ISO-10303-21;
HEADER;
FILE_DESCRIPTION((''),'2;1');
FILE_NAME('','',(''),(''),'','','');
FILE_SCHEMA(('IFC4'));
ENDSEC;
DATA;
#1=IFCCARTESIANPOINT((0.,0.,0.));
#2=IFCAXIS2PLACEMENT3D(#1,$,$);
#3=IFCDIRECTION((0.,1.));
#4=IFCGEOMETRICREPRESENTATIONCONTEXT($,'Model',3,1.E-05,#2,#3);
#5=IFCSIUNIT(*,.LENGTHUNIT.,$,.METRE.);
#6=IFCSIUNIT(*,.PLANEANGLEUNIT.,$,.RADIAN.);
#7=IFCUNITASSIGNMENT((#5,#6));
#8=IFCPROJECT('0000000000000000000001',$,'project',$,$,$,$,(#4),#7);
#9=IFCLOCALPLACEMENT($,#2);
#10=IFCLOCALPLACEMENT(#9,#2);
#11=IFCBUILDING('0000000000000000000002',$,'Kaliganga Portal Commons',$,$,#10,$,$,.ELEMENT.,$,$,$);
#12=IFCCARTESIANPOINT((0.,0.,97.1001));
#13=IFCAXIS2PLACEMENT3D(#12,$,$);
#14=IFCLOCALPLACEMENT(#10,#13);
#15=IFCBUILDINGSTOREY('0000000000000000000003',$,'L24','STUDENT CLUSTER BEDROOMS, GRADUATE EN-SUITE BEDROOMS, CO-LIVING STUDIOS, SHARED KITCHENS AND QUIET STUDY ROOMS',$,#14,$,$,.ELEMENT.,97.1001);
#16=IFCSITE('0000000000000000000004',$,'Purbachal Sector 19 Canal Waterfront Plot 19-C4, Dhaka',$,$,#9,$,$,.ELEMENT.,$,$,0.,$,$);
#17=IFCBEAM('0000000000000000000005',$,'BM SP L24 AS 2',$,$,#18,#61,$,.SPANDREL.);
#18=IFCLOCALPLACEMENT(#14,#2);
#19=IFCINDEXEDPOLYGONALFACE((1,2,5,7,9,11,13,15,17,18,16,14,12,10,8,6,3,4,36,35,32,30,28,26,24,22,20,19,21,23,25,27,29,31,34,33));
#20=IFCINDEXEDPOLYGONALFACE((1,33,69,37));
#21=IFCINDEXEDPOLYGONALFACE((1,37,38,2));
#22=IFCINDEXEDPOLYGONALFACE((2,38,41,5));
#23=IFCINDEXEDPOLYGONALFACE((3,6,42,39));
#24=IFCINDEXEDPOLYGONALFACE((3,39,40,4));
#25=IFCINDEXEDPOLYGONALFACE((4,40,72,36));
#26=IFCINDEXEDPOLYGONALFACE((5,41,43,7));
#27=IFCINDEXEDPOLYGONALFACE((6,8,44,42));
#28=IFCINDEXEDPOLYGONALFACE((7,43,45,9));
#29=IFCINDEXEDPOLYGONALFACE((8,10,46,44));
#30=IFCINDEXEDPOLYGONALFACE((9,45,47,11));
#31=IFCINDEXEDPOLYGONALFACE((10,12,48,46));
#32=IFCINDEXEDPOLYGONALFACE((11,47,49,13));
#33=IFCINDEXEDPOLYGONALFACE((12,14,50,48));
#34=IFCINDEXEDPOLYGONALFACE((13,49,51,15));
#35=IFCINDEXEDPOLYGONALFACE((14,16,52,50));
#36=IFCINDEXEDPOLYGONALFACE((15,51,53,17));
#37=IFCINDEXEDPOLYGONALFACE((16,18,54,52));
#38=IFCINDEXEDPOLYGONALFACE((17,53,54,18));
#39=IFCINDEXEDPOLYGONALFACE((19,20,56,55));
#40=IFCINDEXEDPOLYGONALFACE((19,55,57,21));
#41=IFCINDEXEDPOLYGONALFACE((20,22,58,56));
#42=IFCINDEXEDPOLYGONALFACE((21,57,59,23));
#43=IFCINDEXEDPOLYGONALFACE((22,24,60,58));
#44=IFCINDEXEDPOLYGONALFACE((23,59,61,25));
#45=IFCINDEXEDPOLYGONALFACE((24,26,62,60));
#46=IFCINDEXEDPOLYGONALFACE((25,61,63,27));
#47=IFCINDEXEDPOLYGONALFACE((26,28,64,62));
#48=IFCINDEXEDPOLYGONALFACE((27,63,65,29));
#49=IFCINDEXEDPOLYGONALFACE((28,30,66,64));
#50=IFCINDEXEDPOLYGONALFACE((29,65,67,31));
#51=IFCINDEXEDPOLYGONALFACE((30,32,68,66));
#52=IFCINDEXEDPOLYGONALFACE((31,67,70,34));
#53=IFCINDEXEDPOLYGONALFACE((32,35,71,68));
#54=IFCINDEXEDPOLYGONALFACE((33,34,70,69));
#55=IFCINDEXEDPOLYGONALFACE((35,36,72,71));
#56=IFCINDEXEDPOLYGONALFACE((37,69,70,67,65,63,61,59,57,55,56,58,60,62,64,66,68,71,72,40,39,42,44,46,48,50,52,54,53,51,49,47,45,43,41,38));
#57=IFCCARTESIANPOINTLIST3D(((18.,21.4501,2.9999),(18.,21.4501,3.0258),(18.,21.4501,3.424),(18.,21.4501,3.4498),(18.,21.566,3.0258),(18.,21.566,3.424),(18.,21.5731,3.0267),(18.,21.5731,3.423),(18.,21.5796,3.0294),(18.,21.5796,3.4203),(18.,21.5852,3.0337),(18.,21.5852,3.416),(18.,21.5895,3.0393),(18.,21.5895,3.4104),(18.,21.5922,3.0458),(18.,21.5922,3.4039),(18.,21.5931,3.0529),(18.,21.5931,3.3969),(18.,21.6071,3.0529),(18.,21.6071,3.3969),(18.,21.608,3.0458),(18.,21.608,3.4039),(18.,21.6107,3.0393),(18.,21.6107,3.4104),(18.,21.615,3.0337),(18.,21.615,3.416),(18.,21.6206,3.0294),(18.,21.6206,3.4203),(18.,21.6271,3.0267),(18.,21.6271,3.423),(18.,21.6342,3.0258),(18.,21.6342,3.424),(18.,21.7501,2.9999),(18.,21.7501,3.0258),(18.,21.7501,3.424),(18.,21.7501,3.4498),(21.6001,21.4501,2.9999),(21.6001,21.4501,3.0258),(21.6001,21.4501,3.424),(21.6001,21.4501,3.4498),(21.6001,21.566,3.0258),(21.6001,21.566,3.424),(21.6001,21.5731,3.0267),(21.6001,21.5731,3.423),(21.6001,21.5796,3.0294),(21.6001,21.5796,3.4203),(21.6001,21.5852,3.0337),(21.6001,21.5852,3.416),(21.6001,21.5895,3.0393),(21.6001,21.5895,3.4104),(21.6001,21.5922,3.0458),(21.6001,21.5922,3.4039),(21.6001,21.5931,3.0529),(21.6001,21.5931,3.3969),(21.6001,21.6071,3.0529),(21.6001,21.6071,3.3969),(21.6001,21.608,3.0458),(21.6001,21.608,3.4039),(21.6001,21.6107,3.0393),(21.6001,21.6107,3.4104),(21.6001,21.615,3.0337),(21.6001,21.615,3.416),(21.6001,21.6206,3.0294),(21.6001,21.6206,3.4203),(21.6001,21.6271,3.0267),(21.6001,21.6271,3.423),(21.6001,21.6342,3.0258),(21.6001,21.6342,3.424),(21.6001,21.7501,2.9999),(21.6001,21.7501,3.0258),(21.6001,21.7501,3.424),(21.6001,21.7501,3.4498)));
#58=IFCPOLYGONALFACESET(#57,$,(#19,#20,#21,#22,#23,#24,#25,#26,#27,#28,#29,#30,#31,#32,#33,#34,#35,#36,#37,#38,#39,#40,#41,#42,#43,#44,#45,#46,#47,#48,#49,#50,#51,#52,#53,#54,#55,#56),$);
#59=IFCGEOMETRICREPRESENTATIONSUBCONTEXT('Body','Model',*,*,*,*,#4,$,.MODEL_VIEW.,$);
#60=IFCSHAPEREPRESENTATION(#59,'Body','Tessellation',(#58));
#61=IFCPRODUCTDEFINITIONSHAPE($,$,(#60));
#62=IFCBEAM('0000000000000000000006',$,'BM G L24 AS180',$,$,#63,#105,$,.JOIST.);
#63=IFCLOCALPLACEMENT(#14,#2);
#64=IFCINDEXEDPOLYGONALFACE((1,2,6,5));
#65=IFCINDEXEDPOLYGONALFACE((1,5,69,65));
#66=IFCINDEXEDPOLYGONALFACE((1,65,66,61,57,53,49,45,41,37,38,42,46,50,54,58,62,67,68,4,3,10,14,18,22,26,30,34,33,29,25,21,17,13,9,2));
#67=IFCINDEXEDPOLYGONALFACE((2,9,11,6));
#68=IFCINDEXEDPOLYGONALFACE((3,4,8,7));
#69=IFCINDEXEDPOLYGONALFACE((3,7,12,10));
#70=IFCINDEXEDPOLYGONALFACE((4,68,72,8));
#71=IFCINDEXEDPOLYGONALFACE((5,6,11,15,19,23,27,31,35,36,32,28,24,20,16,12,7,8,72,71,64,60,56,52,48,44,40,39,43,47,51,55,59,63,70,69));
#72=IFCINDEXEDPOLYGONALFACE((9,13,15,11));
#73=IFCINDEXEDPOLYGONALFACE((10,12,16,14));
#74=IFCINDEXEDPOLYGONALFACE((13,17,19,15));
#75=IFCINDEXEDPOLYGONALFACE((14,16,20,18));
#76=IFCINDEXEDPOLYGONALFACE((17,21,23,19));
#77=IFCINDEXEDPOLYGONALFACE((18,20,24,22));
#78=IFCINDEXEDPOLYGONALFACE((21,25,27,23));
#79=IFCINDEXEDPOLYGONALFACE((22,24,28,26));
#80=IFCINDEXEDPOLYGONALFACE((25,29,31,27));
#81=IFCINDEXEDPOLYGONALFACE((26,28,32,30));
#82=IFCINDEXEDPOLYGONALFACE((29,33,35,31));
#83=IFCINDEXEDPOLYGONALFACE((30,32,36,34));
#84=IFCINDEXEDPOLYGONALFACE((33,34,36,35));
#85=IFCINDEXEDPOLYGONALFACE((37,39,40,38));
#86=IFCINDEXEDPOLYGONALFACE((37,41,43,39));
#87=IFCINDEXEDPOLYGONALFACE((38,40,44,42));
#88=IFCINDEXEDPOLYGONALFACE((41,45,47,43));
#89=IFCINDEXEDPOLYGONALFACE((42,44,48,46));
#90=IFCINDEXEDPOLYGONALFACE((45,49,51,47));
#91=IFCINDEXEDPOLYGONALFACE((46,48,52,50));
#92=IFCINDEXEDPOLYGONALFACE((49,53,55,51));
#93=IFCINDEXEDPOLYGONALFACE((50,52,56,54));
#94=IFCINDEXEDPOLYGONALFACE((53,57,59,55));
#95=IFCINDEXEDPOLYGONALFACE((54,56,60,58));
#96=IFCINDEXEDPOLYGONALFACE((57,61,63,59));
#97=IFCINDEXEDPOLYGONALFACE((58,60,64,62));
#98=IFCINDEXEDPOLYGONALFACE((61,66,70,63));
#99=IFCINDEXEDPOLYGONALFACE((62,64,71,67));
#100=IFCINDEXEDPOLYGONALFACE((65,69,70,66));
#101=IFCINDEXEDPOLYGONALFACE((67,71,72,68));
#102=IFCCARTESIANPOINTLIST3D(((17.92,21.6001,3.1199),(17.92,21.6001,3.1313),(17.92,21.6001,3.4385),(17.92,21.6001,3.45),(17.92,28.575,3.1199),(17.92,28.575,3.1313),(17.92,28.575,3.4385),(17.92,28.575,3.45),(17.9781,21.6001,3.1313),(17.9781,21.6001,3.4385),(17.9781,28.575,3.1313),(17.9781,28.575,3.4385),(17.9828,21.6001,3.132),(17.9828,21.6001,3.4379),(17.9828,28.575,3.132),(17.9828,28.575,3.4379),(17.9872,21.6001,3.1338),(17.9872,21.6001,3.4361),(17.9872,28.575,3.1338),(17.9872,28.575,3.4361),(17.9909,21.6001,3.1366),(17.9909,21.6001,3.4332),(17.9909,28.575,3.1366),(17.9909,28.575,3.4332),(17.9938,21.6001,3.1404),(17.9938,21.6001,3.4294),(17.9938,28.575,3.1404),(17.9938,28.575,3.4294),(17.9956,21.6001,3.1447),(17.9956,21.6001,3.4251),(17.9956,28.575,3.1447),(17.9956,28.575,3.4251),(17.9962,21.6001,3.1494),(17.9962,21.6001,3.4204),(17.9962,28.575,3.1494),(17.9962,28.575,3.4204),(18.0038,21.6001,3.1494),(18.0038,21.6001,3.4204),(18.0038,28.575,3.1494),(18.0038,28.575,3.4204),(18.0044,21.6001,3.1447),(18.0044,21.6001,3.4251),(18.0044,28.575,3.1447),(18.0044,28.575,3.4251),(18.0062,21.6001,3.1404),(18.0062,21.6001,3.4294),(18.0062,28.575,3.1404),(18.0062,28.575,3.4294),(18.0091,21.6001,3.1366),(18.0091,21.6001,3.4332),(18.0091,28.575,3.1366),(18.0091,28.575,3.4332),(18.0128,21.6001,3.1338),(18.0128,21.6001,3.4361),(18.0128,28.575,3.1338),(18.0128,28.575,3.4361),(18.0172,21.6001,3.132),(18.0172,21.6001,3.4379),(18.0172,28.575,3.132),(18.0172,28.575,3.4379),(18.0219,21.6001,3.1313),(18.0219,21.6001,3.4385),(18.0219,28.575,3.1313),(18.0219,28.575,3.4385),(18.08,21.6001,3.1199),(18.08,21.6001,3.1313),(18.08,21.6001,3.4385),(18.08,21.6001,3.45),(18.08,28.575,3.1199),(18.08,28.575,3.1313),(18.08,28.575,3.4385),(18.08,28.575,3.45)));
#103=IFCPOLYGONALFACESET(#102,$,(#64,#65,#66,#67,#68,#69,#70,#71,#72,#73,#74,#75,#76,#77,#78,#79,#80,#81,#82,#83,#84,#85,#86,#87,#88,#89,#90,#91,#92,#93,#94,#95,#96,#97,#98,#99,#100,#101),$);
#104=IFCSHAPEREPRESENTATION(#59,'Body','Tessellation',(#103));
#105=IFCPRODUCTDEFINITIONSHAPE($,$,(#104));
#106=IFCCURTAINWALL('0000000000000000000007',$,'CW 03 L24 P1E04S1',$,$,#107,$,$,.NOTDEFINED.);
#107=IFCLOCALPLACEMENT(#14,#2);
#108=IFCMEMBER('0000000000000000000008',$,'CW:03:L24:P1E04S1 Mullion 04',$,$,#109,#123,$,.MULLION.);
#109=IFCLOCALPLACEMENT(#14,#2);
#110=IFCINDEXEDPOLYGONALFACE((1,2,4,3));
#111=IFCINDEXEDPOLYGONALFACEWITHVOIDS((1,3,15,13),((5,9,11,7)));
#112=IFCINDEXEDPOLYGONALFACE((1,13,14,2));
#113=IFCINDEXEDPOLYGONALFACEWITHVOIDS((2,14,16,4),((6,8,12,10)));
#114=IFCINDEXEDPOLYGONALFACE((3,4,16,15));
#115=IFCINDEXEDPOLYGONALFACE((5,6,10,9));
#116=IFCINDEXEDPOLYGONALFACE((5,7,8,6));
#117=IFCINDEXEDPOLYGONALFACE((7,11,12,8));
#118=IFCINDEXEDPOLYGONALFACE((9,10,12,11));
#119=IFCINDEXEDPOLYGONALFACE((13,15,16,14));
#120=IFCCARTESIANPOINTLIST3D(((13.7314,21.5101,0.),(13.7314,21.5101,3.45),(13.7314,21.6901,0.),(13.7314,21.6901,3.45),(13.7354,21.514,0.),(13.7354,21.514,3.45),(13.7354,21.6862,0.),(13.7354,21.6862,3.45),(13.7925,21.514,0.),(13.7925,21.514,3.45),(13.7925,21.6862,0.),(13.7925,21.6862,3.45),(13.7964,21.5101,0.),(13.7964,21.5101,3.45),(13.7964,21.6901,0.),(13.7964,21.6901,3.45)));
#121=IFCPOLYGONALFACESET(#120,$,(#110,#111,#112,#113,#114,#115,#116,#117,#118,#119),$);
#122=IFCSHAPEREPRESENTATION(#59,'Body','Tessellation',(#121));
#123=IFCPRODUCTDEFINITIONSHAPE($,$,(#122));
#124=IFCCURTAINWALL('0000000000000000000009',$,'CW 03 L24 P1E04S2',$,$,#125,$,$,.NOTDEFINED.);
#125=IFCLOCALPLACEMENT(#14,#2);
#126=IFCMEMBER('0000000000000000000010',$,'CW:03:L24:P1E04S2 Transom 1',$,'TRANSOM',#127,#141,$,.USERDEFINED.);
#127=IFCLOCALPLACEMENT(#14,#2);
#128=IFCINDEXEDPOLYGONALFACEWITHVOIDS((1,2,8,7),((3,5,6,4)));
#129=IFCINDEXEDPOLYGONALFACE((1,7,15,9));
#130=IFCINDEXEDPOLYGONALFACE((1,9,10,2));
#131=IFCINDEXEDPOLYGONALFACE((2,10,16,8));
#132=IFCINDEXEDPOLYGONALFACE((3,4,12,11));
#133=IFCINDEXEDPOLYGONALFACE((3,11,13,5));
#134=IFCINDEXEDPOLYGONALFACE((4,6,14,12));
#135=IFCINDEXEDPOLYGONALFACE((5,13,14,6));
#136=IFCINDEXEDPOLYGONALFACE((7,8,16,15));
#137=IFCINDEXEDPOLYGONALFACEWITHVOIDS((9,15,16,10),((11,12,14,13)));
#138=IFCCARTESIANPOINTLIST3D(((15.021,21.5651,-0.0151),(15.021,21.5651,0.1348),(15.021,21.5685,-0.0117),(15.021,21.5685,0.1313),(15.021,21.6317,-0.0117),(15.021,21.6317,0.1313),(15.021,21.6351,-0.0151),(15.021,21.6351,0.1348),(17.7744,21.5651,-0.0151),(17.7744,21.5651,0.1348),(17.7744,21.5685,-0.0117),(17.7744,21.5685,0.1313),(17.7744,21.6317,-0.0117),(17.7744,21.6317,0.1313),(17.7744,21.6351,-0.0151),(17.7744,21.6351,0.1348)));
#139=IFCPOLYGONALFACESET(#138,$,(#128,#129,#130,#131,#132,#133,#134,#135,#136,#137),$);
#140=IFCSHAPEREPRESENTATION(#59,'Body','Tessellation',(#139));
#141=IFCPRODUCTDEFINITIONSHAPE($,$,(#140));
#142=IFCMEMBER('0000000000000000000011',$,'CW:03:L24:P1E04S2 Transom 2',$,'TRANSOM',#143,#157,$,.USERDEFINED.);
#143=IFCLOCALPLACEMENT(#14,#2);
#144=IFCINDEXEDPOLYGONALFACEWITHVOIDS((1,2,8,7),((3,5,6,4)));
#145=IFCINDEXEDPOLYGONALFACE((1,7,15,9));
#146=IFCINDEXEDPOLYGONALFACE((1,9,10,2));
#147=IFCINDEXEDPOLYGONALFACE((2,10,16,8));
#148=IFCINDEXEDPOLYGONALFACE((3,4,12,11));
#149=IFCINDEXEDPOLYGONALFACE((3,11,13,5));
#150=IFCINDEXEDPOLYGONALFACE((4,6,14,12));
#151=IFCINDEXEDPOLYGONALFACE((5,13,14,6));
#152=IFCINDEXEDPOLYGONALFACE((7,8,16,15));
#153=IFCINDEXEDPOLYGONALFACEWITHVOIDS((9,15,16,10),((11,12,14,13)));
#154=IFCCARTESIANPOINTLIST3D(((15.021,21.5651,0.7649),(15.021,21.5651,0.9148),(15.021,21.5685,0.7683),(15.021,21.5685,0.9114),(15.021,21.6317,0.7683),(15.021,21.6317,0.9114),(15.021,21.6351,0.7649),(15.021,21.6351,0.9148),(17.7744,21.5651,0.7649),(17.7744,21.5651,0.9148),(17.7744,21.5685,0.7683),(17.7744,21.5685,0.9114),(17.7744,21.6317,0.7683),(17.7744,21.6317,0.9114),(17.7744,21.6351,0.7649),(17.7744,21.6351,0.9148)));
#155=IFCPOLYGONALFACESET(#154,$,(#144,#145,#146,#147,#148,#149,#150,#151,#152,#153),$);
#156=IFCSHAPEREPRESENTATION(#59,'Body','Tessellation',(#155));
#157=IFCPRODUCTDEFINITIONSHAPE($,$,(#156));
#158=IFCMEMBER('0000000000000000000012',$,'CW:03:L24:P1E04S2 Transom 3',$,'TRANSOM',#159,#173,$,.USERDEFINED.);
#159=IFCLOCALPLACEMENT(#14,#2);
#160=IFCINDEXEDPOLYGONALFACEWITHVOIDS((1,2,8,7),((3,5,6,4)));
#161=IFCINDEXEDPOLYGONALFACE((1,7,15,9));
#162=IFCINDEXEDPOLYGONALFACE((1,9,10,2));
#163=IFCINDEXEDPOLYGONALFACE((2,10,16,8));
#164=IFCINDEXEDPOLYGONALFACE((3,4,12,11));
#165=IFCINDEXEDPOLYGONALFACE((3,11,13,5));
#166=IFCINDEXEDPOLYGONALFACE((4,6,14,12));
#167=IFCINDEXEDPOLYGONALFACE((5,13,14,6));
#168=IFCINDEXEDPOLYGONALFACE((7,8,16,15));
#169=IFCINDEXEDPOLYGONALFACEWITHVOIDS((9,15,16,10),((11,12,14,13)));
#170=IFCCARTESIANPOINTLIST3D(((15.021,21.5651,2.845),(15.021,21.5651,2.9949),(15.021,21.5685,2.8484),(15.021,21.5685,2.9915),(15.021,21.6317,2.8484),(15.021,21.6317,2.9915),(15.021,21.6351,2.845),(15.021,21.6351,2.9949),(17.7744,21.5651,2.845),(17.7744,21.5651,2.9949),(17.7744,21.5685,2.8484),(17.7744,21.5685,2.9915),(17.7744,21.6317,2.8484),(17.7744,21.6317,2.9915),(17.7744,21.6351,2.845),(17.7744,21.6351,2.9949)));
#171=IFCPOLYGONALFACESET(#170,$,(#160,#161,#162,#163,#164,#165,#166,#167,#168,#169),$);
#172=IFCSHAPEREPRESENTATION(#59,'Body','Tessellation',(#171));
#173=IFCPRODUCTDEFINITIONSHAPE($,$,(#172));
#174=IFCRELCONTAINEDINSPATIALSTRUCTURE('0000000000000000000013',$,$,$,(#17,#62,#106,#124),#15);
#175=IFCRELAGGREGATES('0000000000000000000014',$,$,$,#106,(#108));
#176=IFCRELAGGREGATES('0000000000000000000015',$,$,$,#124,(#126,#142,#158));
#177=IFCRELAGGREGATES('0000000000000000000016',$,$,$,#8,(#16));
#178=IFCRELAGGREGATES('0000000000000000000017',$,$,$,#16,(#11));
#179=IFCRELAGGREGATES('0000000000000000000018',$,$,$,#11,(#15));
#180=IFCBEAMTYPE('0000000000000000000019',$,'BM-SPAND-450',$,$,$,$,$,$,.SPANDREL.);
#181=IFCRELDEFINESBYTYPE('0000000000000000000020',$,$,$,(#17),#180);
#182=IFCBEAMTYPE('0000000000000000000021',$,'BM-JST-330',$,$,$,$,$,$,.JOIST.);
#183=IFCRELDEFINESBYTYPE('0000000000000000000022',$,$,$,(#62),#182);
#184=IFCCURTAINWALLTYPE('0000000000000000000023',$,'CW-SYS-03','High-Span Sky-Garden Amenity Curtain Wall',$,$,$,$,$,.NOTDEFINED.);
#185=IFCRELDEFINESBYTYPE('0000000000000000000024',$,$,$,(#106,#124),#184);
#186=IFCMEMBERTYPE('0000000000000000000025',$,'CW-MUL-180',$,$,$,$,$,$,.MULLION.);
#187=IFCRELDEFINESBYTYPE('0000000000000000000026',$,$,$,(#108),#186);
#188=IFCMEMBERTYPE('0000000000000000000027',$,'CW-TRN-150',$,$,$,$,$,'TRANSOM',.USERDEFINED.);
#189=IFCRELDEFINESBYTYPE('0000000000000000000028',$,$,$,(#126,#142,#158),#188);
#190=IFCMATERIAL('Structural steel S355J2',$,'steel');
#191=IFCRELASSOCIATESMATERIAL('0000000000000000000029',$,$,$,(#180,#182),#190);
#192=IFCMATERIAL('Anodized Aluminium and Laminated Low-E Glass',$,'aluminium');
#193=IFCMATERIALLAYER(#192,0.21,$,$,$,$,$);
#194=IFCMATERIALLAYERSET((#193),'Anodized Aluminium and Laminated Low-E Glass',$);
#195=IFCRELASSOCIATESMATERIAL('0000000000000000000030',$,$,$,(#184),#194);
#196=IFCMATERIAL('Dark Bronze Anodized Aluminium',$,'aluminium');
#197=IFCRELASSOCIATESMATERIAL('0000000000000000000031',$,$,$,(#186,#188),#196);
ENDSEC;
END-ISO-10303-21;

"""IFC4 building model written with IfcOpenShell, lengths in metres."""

from ifc_helpers import new_model, si_unit, direction, frame, origin, origin_2d, place, context, subcontext, project, spatial, hollow_rectangle, i_section, extrude, source, transform, mapped, material, layer, layer_set, material_profile, profile_set, type_object, element, aggregate, save


model = new_model("IFC4")

# Units and contexts
model_context = context("Model", 3, precision=1e-05, world=origin(), true_north=direction((0.0, 1.0)))
body_context = subcontext(model_context, "Body", "Model", "MODEL_VIEW")
ifc_project = project(units=[si_unit("LENGTHUNIT", "METRE"), si_unit("PLANEANGLEUNIT", "RADIAN")], contexts=[model_context])

# Site, building, storey
site_placement = place(None, origin())
site = spatial("IfcSite", under=ifc_project, at=site_placement, Name="Purbachal Sector 19 Canal Waterfront Plot 19-C4, Dhaka", CompositionType="ELEMENT", RefElevation=0.0)
building_placement = place(site_placement, origin())
building = spatial("IfcBuilding", under=site, at=building_placement, Name="Kaliganga Portal Commons", CompositionType="ELEMENT")
storey_placement = place(building_placement, frame((0.0, 0.0, 97.1001)))
storey = spatial("IfcBuildingStorey", under=building, at=storey_placement, Name="L24", Description="STUDENT CLUSTER BEDROOMS, GRADUATE EN-SUITE BEDROOMS, CO-LIVING STUDIOS, SHARED KITCHENS AND QUIET STUDY ROOMS", CompositionType="ELEMENT", Elevation=97.1001)

# Beams
ifc_material_1 = material(Name="Structural steel S355J2", Category="steel")
ifc_material_profile_1 = material_profile(ifc_material_1, i_section(OverallWidth=0.3, OverallDepth=0.45, WebThickness=0.0139, FlangeThickness=0.0259, FilletRadius=0.0271, at=origin_2d()), Name="HE 450 B")
ifc_profile_set_1 = profile_set([ifc_material_profile_1], Name="Structural steel S355J2 wide-flange")
beam_type_1 = type_object("IfcBeamType", Name="BM-SPAND-450", PredefinedType="SPANDREL", material=ifc_profile_set_1)
shared_shape_1 = source(origin(), body_context, "Body", "SweptSolid", [
    extrude(i_section(OverallWidth=0.3, OverallDepth=0.45, WebThickness=0.0139, FlangeThickness=0.0259, FilletRadius=0.0271, at=origin_2d()), origin(), (0.0, 0.0, 1.0), 3.6001),
])
for number, where, z_axis, x_axis, name in (
    (1, (18.0, 21.6001, 3.2249), (1.0, 0.0, 0.0), (0.0, 1.0, 0.0), "BM SP L24 AS 2"),
):
    element("IfcBeam", number, at=place(storey_placement, frame(where, z_axis=z_axis, x_axis=x_axis)), inside=storey, type_object=beam_type_1, Name=name, PredefinedType="SPANDREL", context=body_context, shape_type="MappedRepresentation", body=[
        mapped(shared_shape_1, transform((0.0, 0.0, 0.0), x_axis=(1.0, 0.0, 0.0), y_axis=(0.0, 1.0, 0.0), z_axis=(0.0, 0.0, 1.0), scale=1.0)),
    ])
ifc_material_profile_2 = material_profile(ifc_material_1, i_section(OverallWidth=0.1599, OverallDepth=0.3301, WebThickness=0.0076, FlangeThickness=0.0115, FilletRadius=0.0181, at=origin_2d()), Name="IPE 330")
ifc_profile_set_2 = profile_set([ifc_material_profile_2], Name="Structural steel S355J2 wide-flange")
beam_type_2 = type_object("IfcBeamType", Name="BM-JST-330", PredefinedType="JOIST", material=ifc_profile_set_2)
shared_shape_2 = source(origin(), body_context, "Body", "SweptSolid", [
    extrude(i_section(OverallWidth=0.1599, OverallDepth=0.3301, WebThickness=0.0076, FlangeThickness=0.0115, FilletRadius=0.0181, at=origin_2d()), origin(), (0.0, 0.0, 1.0), 6.9749),
])
beam_1_placement = place(storey_placement, frame((18.0, 21.6001, 3.2849), z_axis=(0.0, 1.0, 0.0), x_axis=(-1.0, 0.0, 0.0)))
element("IfcBeam", 2, at=beam_1_placement, inside=storey, type_object=beam_type_2, Name="BM G L24 AS180", PredefinedType="JOIST", context=body_context, shape_type="MappedRepresentation", body=[
    mapped(shared_shape_2, transform((0.0, 0.0, 0.0), x_axis=(1.0, 0.0, 0.0), y_axis=(0.0, 1.0, 0.0), z_axis=(0.0, 0.0, 1.0), scale=1.0)),
])

# Curtain wall, member
ifc_material_2 = material(Name="Anodized Aluminium and Laminated Low-E Glass", Category="aluminium")
ifc_layer_1 = layer(ifc_material_2, 0.21)
ifc_layer_set_1 = layer_set([ifc_layer_1], Name="Anodized Aluminium and Laminated Low-E Glass")
curtain_wall_type = type_object("IfcCurtainWallType", Name="CW-SYS-03", Description="High-Span Sky-Garden Amenity Curtain Wall", PredefinedType="NOTDEFINED", material=ifc_layer_set_1)
curtain_wall_1_placement = place(storey_placement, origin())
curtain_wall_1 = element("IfcCurtainWall", 3, at=curtain_wall_1_placement, inside=storey, type_object=curtain_wall_type, Name="CW 03 L24 P1E04S1", PredefinedType="NOTDEFINED")
ifc_material_3 = material(Name="Dark Bronze Anodized Aluminium", Category="aluminium")
ifc_material_profile_3 = material_profile(ifc_material_3, hollow_rectangle(XDim=0.0649, YDim=0.1799, WallThickness=0.0039, at=origin_2d()), Name="ALU MULL 65x180x4")
ifc_profile_set_3 = profile_set([ifc_material_profile_3], Name="Dark Bronze Anodized Aluminium")
member_type_1 = type_object("IfcMemberType", Name="CW-MUL-180", PredefinedType="MULLION", material=ifc_profile_set_3)
shared_shape_3 = source(origin(), body_context, "Body", "SweptSolid", [
    extrude(hollow_rectangle(XDim=0.0649, YDim=0.1799, WallThickness=0.0039, at=origin_2d()), origin(), (0.0, 0.0, 1.0), 3.45),
])
member_1_placement = place(storey_placement, frame((13.7639, 21.6001, 0.0), z_axis=(0.0, 0.0, 1.0), x_axis=(1.0, 0.0, 0.0)))
member_1 = element("IfcMember", 4, at=member_1_placement, type_object=member_type_1, Name="CW:03:L24:P1E04S1 Mullion 04", PredefinedType="MULLION", context=body_context, shape_type="MappedRepresentation", body=[
    mapped(shared_shape_3, transform((0.0, 0.0, 0.0), x_axis=(1.0, 0.0, 0.0), y_axis=(0.0, 1.0, 0.0), z_axis=(0.0, 0.0, 1.0), scale=1.0)),
])
aggregate(curtain_wall_1, [member_1])

# Curtain wall, members
curtain_wall_2_placement = place(storey_placement, origin())
curtain_wall_2 = element("IfcCurtainWall", 5, at=curtain_wall_2_placement, inside=storey, type_object=curtain_wall_type, Name="CW 03 L24 P1E04S2", PredefinedType="NOTDEFINED")
ifc_material_profile_4 = material_profile(ifc_material_3, hollow_rectangle(XDim=0.0701, YDim=0.1499, WallThickness=0.0034, at=origin_2d()), Name="ALU TRAN 70x150x3.5")
ifc_profile_set_4 = profile_set([ifc_material_profile_4], Name="Dark Bronze Anodized Aluminium")
member_type_2 = type_object("IfcMemberType", Name="CW-TRN-150", ElementType="TRANSOM", PredefinedType="USERDEFINED", material=ifc_profile_set_4)
shared_shape_4 = source(origin(), body_context, "Body", "SweptSolid", [
    extrude(hollow_rectangle(XDim=0.0701, YDim=0.1499, WallThickness=0.0034, at=origin_2d()), origin(), (0.0, 0.0, 1.0), 2.7534),
])
member_2_placement = place(storey_placement, frame((15.021, 21.6001, 0.0598), z_axis=(1.0, 0.0, 0.0), x_axis=(0.0, 1.0, 0.0)))
member_2 = element("IfcMember", 6, at=member_2_placement, type_object=member_type_2, Name="CW:03:L24:P1E04S2 Transom 1", ObjectType="TRANSOM", PredefinedType="USERDEFINED", context=body_context, shape_type="MappedRepresentation", body=[
    mapped(shared_shape_4, transform((0.0, 0.0, 0.0), x_axis=(1.0, 0.0, 0.0), y_axis=(0.0, 1.0, 0.0), z_axis=(0.0, 0.0, 1.0), scale=1.0)),
])
member_3_placement = place(storey_placement, frame((15.021, 21.6001, 0.8398), z_axis=(1.0, 0.0, 0.0), x_axis=(0.0, 1.0, 0.0)))
member_3 = element("IfcMember", 7, at=member_3_placement, type_object=member_type_2, Name="CW:03:L24:P1E04S2 Transom 2", ObjectType="TRANSOM", PredefinedType="USERDEFINED", context=body_context, shape_type="MappedRepresentation", body=[
    mapped(shared_shape_4, transform((0.0, 0.0, 0.0), x_axis=(1.0, 0.0, 0.0), y_axis=(0.0, 1.0, 0.0), z_axis=(0.0, 0.0, 1.0), scale=1.0)),
])
member_4_placement = place(storey_placement, frame((15.021, 21.6001, 2.9199), z_axis=(1.0, 0.0, 0.0), x_axis=(0.0, 1.0, 0.0)))
member_4 = element("IfcMember", 8, at=member_4_placement, type_object=member_type_2, Name="CW:03:L24:P1E04S2 Transom 3", ObjectType="TRANSOM", PredefinedType="USERDEFINED", context=body_context, shape_type="MappedRepresentation", body=[
    mapped(shared_shape_4, transform((0.0, 0.0, 0.0), x_axis=(1.0, 0.0, 0.0), y_axis=(0.0, 1.0, 0.0), z_axis=(0.0, 0.0, 1.0), scale=1.0)),
])
aggregate(curtain_wall_2, [member_2, member_3, member_4])

save(model, "model.ifc")
